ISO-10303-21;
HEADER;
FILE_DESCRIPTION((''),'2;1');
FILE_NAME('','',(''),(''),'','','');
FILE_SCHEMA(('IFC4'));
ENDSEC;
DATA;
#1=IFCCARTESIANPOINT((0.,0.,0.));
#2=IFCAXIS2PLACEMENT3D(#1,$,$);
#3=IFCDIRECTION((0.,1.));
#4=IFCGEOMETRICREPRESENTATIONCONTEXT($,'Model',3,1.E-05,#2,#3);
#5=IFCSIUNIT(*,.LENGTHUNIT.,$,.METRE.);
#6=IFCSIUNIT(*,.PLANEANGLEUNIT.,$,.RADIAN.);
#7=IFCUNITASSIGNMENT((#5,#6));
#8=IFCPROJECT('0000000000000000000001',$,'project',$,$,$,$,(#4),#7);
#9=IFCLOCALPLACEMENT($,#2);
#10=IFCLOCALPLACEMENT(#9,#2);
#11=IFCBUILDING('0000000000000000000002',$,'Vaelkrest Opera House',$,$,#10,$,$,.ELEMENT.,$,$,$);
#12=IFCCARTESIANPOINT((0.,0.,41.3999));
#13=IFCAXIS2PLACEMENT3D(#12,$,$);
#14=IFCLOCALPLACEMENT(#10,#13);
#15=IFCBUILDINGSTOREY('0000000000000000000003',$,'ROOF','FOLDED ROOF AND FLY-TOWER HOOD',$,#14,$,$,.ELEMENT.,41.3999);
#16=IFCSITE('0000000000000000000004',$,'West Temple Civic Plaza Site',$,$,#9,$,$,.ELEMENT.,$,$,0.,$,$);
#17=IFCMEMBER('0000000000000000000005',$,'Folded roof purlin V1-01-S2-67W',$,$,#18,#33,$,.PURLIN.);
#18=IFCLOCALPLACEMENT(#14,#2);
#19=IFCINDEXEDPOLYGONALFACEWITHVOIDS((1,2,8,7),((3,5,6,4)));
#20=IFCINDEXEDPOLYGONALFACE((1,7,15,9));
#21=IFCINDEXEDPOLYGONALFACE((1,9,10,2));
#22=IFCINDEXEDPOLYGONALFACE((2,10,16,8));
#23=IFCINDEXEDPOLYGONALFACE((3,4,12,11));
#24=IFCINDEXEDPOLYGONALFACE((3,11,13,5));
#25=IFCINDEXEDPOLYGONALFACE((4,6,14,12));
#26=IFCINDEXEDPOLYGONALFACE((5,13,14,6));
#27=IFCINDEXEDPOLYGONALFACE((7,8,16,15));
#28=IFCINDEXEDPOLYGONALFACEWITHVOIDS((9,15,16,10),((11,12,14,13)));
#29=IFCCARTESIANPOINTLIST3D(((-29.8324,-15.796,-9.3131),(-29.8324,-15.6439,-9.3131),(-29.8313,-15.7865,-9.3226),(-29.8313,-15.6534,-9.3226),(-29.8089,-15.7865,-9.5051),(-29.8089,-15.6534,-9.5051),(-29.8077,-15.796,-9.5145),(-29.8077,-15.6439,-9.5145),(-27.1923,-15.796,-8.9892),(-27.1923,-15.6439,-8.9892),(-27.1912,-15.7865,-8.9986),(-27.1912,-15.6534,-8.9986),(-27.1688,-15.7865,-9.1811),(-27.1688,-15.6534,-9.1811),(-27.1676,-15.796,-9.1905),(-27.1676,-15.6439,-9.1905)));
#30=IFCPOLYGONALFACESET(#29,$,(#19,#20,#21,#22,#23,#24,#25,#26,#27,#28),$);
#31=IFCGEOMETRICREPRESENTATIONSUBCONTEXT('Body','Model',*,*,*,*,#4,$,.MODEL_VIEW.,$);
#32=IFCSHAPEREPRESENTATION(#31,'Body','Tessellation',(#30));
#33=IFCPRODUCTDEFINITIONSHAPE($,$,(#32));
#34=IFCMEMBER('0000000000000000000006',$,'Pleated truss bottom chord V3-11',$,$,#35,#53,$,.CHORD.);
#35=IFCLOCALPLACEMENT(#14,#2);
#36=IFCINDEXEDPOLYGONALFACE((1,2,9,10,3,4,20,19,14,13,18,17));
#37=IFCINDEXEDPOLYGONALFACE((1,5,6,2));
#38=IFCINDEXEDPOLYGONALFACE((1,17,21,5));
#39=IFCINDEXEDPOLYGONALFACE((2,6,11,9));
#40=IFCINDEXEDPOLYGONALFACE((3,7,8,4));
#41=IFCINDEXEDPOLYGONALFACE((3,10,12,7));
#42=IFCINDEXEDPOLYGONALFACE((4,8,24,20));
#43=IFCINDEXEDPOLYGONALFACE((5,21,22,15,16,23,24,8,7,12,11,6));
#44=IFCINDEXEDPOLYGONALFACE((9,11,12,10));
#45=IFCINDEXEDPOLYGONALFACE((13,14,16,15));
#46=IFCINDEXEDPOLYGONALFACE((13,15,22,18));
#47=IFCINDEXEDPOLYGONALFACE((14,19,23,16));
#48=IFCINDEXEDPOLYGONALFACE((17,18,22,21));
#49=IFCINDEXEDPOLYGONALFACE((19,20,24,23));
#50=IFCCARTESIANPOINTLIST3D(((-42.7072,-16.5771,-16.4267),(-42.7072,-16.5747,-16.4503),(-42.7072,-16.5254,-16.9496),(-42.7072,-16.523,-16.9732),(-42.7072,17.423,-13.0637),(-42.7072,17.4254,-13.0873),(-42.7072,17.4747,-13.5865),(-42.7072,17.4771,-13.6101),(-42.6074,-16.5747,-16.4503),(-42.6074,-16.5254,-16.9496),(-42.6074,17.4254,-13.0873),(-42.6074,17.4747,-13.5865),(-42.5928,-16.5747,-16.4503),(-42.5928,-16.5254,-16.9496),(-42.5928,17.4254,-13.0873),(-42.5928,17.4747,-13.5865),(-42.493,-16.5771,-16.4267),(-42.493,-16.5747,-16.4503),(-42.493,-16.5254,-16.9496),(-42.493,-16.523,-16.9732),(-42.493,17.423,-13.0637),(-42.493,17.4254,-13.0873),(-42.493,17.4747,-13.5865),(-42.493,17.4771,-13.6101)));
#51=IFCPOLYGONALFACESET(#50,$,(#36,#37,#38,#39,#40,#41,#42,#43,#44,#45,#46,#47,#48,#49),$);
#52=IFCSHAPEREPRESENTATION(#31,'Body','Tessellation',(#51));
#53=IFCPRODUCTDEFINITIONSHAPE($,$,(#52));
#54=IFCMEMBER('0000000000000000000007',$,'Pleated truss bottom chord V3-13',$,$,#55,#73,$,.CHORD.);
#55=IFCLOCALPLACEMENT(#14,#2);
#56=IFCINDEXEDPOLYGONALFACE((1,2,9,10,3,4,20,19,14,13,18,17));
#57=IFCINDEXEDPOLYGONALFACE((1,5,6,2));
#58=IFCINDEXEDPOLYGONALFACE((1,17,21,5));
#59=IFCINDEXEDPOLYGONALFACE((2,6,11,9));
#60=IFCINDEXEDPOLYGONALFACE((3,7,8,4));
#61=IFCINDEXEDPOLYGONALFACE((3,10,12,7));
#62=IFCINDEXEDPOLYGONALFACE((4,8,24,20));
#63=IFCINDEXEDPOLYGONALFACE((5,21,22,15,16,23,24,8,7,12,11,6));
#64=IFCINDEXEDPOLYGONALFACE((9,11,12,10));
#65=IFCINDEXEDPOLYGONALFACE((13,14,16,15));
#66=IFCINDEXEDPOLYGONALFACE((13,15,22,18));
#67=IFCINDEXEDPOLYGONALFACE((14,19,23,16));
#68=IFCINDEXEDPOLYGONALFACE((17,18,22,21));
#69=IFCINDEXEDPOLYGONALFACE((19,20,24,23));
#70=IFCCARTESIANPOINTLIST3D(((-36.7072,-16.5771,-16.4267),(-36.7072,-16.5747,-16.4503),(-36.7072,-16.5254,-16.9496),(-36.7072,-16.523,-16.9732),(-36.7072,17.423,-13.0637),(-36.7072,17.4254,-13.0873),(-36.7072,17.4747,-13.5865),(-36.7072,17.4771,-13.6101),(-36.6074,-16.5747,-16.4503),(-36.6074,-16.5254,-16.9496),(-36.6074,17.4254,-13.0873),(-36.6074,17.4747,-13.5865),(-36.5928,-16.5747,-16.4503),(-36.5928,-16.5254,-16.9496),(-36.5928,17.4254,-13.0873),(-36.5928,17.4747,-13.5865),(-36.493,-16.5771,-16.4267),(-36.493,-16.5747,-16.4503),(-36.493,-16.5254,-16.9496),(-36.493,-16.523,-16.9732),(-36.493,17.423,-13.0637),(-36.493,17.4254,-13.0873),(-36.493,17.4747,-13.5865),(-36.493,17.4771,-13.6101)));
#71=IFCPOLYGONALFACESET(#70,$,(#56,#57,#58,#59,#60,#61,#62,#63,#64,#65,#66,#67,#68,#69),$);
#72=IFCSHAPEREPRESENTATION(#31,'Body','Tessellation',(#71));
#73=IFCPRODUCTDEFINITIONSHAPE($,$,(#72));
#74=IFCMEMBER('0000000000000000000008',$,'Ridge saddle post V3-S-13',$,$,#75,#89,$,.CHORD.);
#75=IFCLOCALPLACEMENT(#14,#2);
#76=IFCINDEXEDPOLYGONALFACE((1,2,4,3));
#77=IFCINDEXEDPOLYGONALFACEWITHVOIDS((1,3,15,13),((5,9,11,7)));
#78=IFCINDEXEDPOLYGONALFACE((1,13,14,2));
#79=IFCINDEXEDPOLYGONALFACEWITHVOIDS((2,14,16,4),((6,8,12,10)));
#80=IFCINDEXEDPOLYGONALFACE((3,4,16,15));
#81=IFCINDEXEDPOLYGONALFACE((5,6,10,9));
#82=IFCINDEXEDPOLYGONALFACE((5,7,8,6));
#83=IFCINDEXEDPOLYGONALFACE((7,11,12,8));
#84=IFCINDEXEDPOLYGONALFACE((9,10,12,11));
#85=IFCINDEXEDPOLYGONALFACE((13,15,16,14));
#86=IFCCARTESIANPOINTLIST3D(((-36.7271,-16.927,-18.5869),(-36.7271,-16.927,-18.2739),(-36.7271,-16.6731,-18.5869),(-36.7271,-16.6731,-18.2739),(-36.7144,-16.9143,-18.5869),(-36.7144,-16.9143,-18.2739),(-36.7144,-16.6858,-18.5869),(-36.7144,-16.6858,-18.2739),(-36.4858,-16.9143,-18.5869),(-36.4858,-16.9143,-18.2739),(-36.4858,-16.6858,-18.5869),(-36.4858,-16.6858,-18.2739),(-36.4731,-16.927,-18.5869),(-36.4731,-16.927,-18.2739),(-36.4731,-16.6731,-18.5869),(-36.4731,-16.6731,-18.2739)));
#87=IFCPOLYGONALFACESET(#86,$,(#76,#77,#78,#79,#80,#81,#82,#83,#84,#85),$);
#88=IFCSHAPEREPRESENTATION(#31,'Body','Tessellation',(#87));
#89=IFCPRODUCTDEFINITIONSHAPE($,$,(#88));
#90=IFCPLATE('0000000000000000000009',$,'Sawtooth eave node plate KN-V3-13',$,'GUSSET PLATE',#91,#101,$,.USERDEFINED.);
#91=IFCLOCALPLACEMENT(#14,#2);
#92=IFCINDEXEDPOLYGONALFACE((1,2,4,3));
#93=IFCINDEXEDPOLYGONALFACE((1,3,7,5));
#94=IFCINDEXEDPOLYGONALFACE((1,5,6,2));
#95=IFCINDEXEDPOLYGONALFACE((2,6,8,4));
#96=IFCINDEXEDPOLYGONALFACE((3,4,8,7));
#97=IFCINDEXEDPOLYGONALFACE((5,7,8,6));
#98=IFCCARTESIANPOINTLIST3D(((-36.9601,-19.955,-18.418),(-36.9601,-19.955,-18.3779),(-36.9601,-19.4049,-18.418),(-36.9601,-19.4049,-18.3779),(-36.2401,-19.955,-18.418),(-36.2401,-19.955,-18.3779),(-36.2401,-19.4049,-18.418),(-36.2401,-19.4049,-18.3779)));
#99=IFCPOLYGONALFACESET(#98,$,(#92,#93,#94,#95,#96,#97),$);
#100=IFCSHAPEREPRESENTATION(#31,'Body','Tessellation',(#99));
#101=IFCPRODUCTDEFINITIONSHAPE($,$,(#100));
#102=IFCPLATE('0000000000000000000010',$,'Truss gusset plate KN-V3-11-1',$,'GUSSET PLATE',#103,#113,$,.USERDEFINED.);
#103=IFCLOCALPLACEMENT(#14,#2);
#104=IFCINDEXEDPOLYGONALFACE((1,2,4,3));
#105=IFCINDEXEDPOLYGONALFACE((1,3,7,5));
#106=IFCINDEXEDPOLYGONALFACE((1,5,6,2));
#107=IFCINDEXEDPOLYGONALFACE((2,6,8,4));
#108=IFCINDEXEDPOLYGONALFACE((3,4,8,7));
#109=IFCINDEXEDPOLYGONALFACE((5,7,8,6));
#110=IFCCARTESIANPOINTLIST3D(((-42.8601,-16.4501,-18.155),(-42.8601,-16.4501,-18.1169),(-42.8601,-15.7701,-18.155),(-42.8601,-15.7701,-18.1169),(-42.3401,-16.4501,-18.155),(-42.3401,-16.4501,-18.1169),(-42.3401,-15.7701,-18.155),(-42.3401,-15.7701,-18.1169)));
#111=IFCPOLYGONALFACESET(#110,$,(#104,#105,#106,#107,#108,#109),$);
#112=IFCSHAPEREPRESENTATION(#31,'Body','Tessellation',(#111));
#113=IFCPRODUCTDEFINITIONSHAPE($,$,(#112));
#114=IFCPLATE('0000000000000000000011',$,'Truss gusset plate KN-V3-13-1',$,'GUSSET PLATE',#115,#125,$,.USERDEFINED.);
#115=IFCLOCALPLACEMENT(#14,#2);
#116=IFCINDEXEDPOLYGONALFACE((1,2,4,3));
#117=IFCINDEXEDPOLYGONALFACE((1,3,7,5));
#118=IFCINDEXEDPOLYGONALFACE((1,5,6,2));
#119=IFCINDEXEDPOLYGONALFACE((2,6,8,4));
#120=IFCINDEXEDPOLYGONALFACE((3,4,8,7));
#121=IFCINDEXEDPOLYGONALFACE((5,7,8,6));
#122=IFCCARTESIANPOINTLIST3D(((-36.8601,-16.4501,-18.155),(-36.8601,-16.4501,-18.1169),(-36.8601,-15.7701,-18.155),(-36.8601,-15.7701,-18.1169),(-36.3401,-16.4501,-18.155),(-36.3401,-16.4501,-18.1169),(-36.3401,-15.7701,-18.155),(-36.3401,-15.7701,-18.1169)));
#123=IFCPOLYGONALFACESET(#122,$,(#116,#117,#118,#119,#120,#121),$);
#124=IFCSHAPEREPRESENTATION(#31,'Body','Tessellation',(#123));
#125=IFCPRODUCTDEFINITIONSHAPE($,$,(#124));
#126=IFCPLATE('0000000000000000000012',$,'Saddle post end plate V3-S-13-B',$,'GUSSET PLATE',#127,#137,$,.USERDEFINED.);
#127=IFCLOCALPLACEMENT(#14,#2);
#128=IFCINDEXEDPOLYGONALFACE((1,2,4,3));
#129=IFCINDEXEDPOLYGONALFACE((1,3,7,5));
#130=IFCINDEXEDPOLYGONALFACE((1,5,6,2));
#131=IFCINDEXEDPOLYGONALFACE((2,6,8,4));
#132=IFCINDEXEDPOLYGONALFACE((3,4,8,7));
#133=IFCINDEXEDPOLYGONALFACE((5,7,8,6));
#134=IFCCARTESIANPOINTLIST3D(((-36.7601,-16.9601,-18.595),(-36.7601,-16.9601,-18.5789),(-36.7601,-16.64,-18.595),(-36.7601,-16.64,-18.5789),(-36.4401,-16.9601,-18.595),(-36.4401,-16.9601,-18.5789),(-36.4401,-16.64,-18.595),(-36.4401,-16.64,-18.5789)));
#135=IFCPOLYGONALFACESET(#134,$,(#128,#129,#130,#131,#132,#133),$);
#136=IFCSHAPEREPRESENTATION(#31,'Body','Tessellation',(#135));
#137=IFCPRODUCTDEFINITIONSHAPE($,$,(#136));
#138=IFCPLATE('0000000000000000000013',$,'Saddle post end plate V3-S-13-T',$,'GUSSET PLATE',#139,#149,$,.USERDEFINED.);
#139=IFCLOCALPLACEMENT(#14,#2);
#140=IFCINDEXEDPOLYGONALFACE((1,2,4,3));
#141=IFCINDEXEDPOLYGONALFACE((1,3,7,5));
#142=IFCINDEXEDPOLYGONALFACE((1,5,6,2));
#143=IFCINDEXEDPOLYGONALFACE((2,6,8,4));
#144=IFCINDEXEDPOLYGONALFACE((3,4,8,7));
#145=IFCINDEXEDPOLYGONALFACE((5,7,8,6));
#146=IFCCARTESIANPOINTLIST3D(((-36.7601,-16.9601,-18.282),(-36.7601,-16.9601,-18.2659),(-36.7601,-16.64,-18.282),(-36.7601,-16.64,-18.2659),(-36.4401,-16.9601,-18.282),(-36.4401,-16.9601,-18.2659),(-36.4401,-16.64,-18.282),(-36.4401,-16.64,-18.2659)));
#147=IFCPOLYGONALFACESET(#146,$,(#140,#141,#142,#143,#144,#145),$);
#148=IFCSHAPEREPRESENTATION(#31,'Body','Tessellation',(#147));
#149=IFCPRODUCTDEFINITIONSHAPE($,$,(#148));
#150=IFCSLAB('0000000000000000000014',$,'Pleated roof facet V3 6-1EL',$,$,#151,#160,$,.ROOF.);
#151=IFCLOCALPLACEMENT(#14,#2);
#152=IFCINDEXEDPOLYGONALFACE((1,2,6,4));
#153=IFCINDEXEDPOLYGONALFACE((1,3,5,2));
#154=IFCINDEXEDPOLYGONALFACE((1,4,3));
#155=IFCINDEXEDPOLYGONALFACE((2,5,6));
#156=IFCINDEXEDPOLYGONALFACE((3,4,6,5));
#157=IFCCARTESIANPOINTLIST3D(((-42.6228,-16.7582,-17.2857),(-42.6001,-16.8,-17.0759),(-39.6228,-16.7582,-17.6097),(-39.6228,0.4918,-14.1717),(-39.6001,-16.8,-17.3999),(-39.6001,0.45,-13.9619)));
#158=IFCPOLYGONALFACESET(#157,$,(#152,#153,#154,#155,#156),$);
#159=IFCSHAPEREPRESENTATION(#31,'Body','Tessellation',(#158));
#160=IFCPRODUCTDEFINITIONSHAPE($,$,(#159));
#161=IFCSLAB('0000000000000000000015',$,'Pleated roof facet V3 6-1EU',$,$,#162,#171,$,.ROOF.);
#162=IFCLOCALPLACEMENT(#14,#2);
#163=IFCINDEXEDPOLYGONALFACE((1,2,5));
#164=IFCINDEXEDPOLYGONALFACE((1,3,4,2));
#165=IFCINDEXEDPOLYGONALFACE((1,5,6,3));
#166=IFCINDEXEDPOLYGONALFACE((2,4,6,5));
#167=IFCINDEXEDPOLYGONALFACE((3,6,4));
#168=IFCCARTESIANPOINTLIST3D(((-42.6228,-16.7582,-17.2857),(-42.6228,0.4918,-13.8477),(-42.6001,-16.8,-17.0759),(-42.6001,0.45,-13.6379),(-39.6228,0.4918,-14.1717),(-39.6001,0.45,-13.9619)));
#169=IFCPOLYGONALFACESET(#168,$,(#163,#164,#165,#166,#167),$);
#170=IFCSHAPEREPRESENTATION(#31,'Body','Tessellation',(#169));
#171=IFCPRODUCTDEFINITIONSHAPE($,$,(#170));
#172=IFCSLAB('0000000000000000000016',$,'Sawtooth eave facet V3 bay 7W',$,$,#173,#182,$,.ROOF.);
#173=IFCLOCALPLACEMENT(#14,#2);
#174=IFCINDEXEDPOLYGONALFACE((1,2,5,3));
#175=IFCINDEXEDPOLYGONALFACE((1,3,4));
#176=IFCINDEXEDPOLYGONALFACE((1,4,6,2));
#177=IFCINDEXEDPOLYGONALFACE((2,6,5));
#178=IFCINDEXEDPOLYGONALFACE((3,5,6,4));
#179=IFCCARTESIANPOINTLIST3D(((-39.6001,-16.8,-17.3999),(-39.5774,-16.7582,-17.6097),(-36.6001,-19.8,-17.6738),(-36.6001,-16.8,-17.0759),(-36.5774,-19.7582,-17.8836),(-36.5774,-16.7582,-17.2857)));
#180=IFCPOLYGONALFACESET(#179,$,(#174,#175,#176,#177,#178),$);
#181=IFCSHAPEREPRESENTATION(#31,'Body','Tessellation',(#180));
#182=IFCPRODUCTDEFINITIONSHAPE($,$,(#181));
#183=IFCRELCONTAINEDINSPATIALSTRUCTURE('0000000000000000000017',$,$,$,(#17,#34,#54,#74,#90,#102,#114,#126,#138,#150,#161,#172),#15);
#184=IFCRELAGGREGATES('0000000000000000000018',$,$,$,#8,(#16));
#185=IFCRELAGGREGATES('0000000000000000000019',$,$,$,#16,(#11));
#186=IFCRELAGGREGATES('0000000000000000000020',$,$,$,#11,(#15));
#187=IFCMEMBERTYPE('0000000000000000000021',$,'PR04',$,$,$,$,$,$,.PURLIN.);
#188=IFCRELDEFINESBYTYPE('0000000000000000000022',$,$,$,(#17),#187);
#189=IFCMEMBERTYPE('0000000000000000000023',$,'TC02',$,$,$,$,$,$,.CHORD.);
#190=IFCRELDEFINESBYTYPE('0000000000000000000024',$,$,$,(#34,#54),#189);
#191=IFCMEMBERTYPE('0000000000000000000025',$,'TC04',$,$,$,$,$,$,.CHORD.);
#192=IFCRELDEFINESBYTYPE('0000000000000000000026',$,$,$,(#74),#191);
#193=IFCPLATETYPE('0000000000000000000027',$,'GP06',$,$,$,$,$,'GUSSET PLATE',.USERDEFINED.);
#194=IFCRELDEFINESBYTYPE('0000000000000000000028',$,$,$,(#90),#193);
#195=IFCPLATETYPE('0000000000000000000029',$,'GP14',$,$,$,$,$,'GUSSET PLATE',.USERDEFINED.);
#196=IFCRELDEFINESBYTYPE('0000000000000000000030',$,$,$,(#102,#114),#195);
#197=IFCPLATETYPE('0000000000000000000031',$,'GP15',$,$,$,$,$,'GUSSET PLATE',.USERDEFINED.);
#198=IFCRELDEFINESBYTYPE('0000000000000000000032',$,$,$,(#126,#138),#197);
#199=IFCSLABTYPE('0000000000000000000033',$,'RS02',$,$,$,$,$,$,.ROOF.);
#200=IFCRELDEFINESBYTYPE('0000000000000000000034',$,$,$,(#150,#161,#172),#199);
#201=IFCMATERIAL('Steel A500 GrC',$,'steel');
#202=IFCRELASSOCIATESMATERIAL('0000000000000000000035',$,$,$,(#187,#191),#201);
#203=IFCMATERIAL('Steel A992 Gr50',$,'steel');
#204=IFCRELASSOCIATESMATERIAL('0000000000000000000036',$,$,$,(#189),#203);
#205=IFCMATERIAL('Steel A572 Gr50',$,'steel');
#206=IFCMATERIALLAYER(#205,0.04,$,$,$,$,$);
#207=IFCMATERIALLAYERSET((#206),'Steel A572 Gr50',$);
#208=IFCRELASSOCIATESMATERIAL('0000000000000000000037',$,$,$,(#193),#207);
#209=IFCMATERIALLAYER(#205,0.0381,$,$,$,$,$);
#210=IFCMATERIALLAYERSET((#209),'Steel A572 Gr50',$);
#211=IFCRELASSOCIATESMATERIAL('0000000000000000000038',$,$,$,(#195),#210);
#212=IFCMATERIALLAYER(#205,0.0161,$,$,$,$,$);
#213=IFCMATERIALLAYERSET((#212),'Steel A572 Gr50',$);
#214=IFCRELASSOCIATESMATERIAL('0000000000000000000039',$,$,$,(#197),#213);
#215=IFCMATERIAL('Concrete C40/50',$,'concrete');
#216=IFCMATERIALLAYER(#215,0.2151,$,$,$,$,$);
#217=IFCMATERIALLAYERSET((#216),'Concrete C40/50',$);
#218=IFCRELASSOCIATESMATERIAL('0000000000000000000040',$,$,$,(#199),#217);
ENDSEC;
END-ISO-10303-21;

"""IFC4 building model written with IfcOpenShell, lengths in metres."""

from ifc_helpers import new_model, si_unit, direction, frame, origin, origin_2d, place, context, subcontext, project, spatial, polyline, rectangle, hollow_rectangle, i_section, outline, extrude, material, layer, layer_set, material_profile, profile_set, type_object, element, save


model = new_model("IFC4")

# Units and contexts
model_context = context("Model", 3, precision=1e-05, world=origin(), true_north=direction((0.0, 1.0)))
body_context = subcontext(model_context, "Body", "Model", "MODEL_VIEW")
ifc_project = project(units=[si_unit("LENGTHUNIT", "METRE"), si_unit("PLANEANGLEUNIT", "RADIAN")], contexts=[model_context])

# Site, building, storey
site_placement = place(None, origin())
site = spatial("IfcSite", under=ifc_project, at=site_placement, Name="West Temple Civic Plaza Site", CompositionType="ELEMENT", RefElevation=0.0)
building_placement = place(site_placement, origin())
building = spatial("IfcBuilding", under=site, at=building_placement, Name="Vaelkrest Opera House", CompositionType="ELEMENT")
storey_placement = place(building_placement, frame((0.0, 0.0, 41.3999)))
storey = spatial("IfcBuildingStorey", under=building, at=storey_placement, Name="ROOF", Description="FOLDED ROOF AND FLY-TOWER HOOD", CompositionType="ELEMENT", Elevation=41.3999)

# Shared definitions
ifc_material_1 = material(Name="Steel A992 Gr50", Category="steel")

# Members
ifc_material_2 = material(Name="Steel A500 GrC", Category="steel")
ifc_material_profile_1 = material_profile(ifc_material_2, hollow_rectangle(XDim=0.1521, YDim=0.2029, WallThickness=0.0095, at=origin_2d()), Name="HSS203X152X9.5")
ifc_profile_set_1 = profile_set([ifc_material_profile_1], Name="Steel A500 GrC")
member_type_1 = type_object("IfcMemberType", Name="PR04", PredefinedType="PURLIN", material=ifc_profile_set_1)
for number, where, z_axis, x_axis, name in (
    (1, (-29.8201, -15.72, -9.4138), (0.992555, 0.0, 0.121798), (0.0, 1.0, 0.0), "Folded roof purlin V1-01-S2-67W"),
):
    element("IfcMember", number, at=place(storey_placement, frame(where, z_axis=z_axis, x_axis=x_axis)), inside=storey, type_object=member_type_1, Name=name, PredefinedType="PURLIN", context=body_context, shape_type="SweptSolid", body=[
        extrude(hollow_rectangle(XDim=0.1521, YDim=0.2029, WallThickness=0.0095, at=origin_2d()), origin(), (0.0, 0.0, 1.0), 2.6599),
    ])
ifc_material_profile_2 = material_profile(ifc_material_1, i_section(OverallWidth=0.2141, OverallDepth=0.5491, WebThickness=0.0146, FlangeThickness=0.0237, at=origin_2d()), Name="W21X93")
ifc_profile_set_2 = profile_set([ifc_material_profile_2], Name="Steel A992 Gr50")
member_type_2 = type_object("IfcMemberType", Name="TC02", PredefinedType="CHORD", material=ifc_profile_set_2)
for number, where, z_axis, x_axis, name in (
    (2, (-42.6001, -16.55, -16.7), (0.0, 0.995144, 0.098433), (-1.0, 0.0, 0.0), "Pleated truss bottom chord V3-11"),
    (3, (-36.6001, -16.55, -16.7), (0.0, 0.995144, 0.098433), (-1.0, 0.0, 0.0), "Pleated truss bottom chord V3-13"),
):
    element("IfcMember", number, at=place(storey_placement, frame(where, z_axis=z_axis, x_axis=x_axis)), inside=storey, type_object=member_type_2, Name=name, PredefinedType="CHORD", context=body_context, shape_type="SweptSolid", body=[
        extrude(i_section(OverallWidth=0.2141, OverallDepth=0.5491, WebThickness=0.0146, FlangeThickness=0.0237, at=origin_2d()), origin(), (0.0, 0.0, 1.0), 34.166),
    ])
ifc_material_profile_3 = material_profile(ifc_material_2, hollow_rectangle(XDim=0.2539, YDim=0.2539, WallThickness=0.0127, at=origin_2d()), Name="HSS254X254X12.7")
ifc_profile_set_3 = profile_set([ifc_material_profile_3], Name="Steel A500 GrC")
member_type_3 = type_object("IfcMemberType", Name="TC04", PredefinedType="CHORD", material=ifc_profile_set_3)
member_placement = place(storey_placement, frame((-36.6001, -16.8, -18.5869), z_axis=(0.0, 0.0, 1.0), x_axis=(1.0, 0.0, 0.0)))
element("IfcMember", 4, at=member_placement, inside=storey, type_object=member_type_3, Name="Ridge saddle post V3-S-13", PredefinedType="CHORD", context=body_context, shape_type="SweptSolid", body=[
    extrude(hollow_rectangle(XDim=0.2539, YDim=0.2539, WallThickness=0.0127, at=origin_2d()), origin(), (0.0, 0.0, 1.0), 0.313),
])

# Plates
ifc_material_3 = material(Name="Steel A572 Gr50", Category="steel")
ifc_layer_1 = layer(ifc_material_3, 0.04)
ifc_layer_set_1 = layer_set([ifc_layer_1], Name="Steel A572 Gr50")
plate_type_1 = type_object("IfcPlateType", Name="GP06", ElementType="GUSSET PLATE", PredefinedType="USERDEFINED", material=ifc_layer_set_1)
plate_placement = place(storey_placement, frame((-36.6001, -19.6799, -18.418), z_axis=(0.0, 0.0, 1.0), x_axis=(1.0, 0.0, 0.0)))
element("IfcPlate", 5, at=plate_placement, inside=storey, type_object=plate_type_1, Name="Sawtooth eave node plate KN-V3-13", ObjectType="GUSSET PLATE", PredefinedType="USERDEFINED", context=body_context, shape_type="SweptSolid", body=[
    extrude(rectangle(XDim=0.72, YDim=0.55, at=origin_2d()), origin(), (0.0, 0.0, 1.0), 0.04),
])
ifc_layer_2 = layer(ifc_material_3, 0.0381)
ifc_layer_set_2 = layer_set([ifc_layer_2], Name="Steel A572 Gr50")
plate_type_2 = type_object("IfcPlateType", Name="GP14", ElementType="GUSSET PLATE", PredefinedType="USERDEFINED", material=ifc_layer_set_2)
for number, where, z_axis, x_axis, name in (
    (6, (-42.6001, -16.1101, -18.155), (0.0, 0.0, 1.0), (0.0, 1.0, 0.0), "Truss gusset plate KN-V3-11-1"),
    (7, (-36.6001, -16.1101, -18.155), (0.0, 0.0, 1.0), (0.0, 1.0, 0.0), "Truss gusset plate KN-V3-13-1"),
):
    element("IfcPlate", number, at=place(storey_placement, frame(where, z_axis=z_axis, x_axis=x_axis)), inside=storey, type_object=plate_type_2, Name=name, ObjectType="GUSSET PLATE", PredefinedType="USERDEFINED", context=body_context, shape_type="SweptSolid", body=[
        extrude(rectangle(XDim=0.6799, YDim=0.52, at=origin_2d()), origin(), (0.0, 0.0, 1.0), 0.0381),
    ])
ifc_layer_3 = layer(ifc_material_3, 0.0161)
ifc_layer_set_3 = layer_set([ifc_layer_3], Name="Steel A572 Gr50")
plate_type_3 = type_object("IfcPlateType", Name="GP15", ElementType="GUSSET PLATE", PredefinedType="USERDEFINED", material=ifc_layer_set_3)
for number, where, z_axis, x_axis, name in (
    (8, (-36.6001, -16.8, -18.595), (0.0, 0.0, 1.0), (1.0, 0.0, 0.0), "Saddle post end plate V3-S-13-B"),
    (9, (-36.6001, -16.8, -18.282), (0.0, 0.0, 1.0), (1.0, 0.0, 0.0), "Saddle post end plate V3-S-13-T"),
):
    element("IfcPlate", number, at=place(storey_placement, frame(where, z_axis=z_axis, x_axis=x_axis)), inside=storey, type_object=plate_type_3, Name=name, ObjectType="GUSSET PLATE", PredefinedType="USERDEFINED", context=body_context, shape_type="SweptSolid", body=[
        extrude(rectangle(XDim=0.3201, YDim=0.3201, at=origin_2d()), origin(), (0.0, 0.0, 1.0), 0.0161),
    ])

# Slabs
ifc_material_4 = material(Name="Concrete C40/50", Category="concrete")
ifc_layer_4 = layer(ifc_material_4, 0.2151)
ifc_layer_set_4 = layer_set([ifc_layer_4], Name="Concrete C40/50")
slab_type = type_object("IfcSlabType", Name="RS02", PredefinedType="ROOF", material=ifc_layer_set_4)
slab_1_placement = place(storey_placement, frame((-42.6001, -16.8, -17.0759), z_axis=(0.10532, -0.194372, 0.975257), x_axis=(0.994219, 0.0, -0.107367)))
element("IfcSlab", 10, at=slab_1_placement, inside=storey, type_object=slab_type, Name="Pleated roof facet V3 6-1EL", PredefinedType="ROOF", context=body_context, shape_type="SweptSolid", body=[
    extrude(outline(polyline([(0.0, 0.0), (3.0174, 0.0), (2.6483, 17.5854), (0.0, 0.0)])), origin(), (0.0, 0.0, -1.0), 0.2151),
])
slab_2_placement = place(storey_placement, frame((-42.6001, -16.8, -17.0759), z_axis=(0.10532, -0.194372, 0.975257), x_axis=(0.168694, 0.96999, 0.175105)))
element("IfcSlab", 11, at=slab_2_placement, inside=storey, type_object=slab_type, Name="Pleated roof facet V3 6-1EU", PredefinedType="ROOF", context=body_context, shape_type="SweptSolid", body=[
    extrude(outline(polyline([(0.0, 0.0), (17.7837, 0.0), (17.3343, 2.9838), (0.0, 0.0)])), origin(), (0.0, 0.0, -1.0), 0.2151),
])
slab_3_placement = place(storey_placement, frame((-39.6001, -16.8, -17.3999), z_axis=(-0.10532, -0.194369, 0.975258), x_axis=(0.705638, -0.705638, -0.064431)))
element("IfcSlab", 12, at=slab_3_placement, inside=storey, type_object=slab_type, Name="Sawtooth eave facet V3 bay 7W", PredefinedType="ROOF", context=body_context, shape_type="SweptSolid", body=[
    extrude(outline(polyline([(0.0, 0.0), (4.2515, 0.0), (2.096, 2.1706), (0.0, 0.0)])), origin(), (0.0, 0.0, -1.0), 0.2151),
])

save(model, "model.ifc")
